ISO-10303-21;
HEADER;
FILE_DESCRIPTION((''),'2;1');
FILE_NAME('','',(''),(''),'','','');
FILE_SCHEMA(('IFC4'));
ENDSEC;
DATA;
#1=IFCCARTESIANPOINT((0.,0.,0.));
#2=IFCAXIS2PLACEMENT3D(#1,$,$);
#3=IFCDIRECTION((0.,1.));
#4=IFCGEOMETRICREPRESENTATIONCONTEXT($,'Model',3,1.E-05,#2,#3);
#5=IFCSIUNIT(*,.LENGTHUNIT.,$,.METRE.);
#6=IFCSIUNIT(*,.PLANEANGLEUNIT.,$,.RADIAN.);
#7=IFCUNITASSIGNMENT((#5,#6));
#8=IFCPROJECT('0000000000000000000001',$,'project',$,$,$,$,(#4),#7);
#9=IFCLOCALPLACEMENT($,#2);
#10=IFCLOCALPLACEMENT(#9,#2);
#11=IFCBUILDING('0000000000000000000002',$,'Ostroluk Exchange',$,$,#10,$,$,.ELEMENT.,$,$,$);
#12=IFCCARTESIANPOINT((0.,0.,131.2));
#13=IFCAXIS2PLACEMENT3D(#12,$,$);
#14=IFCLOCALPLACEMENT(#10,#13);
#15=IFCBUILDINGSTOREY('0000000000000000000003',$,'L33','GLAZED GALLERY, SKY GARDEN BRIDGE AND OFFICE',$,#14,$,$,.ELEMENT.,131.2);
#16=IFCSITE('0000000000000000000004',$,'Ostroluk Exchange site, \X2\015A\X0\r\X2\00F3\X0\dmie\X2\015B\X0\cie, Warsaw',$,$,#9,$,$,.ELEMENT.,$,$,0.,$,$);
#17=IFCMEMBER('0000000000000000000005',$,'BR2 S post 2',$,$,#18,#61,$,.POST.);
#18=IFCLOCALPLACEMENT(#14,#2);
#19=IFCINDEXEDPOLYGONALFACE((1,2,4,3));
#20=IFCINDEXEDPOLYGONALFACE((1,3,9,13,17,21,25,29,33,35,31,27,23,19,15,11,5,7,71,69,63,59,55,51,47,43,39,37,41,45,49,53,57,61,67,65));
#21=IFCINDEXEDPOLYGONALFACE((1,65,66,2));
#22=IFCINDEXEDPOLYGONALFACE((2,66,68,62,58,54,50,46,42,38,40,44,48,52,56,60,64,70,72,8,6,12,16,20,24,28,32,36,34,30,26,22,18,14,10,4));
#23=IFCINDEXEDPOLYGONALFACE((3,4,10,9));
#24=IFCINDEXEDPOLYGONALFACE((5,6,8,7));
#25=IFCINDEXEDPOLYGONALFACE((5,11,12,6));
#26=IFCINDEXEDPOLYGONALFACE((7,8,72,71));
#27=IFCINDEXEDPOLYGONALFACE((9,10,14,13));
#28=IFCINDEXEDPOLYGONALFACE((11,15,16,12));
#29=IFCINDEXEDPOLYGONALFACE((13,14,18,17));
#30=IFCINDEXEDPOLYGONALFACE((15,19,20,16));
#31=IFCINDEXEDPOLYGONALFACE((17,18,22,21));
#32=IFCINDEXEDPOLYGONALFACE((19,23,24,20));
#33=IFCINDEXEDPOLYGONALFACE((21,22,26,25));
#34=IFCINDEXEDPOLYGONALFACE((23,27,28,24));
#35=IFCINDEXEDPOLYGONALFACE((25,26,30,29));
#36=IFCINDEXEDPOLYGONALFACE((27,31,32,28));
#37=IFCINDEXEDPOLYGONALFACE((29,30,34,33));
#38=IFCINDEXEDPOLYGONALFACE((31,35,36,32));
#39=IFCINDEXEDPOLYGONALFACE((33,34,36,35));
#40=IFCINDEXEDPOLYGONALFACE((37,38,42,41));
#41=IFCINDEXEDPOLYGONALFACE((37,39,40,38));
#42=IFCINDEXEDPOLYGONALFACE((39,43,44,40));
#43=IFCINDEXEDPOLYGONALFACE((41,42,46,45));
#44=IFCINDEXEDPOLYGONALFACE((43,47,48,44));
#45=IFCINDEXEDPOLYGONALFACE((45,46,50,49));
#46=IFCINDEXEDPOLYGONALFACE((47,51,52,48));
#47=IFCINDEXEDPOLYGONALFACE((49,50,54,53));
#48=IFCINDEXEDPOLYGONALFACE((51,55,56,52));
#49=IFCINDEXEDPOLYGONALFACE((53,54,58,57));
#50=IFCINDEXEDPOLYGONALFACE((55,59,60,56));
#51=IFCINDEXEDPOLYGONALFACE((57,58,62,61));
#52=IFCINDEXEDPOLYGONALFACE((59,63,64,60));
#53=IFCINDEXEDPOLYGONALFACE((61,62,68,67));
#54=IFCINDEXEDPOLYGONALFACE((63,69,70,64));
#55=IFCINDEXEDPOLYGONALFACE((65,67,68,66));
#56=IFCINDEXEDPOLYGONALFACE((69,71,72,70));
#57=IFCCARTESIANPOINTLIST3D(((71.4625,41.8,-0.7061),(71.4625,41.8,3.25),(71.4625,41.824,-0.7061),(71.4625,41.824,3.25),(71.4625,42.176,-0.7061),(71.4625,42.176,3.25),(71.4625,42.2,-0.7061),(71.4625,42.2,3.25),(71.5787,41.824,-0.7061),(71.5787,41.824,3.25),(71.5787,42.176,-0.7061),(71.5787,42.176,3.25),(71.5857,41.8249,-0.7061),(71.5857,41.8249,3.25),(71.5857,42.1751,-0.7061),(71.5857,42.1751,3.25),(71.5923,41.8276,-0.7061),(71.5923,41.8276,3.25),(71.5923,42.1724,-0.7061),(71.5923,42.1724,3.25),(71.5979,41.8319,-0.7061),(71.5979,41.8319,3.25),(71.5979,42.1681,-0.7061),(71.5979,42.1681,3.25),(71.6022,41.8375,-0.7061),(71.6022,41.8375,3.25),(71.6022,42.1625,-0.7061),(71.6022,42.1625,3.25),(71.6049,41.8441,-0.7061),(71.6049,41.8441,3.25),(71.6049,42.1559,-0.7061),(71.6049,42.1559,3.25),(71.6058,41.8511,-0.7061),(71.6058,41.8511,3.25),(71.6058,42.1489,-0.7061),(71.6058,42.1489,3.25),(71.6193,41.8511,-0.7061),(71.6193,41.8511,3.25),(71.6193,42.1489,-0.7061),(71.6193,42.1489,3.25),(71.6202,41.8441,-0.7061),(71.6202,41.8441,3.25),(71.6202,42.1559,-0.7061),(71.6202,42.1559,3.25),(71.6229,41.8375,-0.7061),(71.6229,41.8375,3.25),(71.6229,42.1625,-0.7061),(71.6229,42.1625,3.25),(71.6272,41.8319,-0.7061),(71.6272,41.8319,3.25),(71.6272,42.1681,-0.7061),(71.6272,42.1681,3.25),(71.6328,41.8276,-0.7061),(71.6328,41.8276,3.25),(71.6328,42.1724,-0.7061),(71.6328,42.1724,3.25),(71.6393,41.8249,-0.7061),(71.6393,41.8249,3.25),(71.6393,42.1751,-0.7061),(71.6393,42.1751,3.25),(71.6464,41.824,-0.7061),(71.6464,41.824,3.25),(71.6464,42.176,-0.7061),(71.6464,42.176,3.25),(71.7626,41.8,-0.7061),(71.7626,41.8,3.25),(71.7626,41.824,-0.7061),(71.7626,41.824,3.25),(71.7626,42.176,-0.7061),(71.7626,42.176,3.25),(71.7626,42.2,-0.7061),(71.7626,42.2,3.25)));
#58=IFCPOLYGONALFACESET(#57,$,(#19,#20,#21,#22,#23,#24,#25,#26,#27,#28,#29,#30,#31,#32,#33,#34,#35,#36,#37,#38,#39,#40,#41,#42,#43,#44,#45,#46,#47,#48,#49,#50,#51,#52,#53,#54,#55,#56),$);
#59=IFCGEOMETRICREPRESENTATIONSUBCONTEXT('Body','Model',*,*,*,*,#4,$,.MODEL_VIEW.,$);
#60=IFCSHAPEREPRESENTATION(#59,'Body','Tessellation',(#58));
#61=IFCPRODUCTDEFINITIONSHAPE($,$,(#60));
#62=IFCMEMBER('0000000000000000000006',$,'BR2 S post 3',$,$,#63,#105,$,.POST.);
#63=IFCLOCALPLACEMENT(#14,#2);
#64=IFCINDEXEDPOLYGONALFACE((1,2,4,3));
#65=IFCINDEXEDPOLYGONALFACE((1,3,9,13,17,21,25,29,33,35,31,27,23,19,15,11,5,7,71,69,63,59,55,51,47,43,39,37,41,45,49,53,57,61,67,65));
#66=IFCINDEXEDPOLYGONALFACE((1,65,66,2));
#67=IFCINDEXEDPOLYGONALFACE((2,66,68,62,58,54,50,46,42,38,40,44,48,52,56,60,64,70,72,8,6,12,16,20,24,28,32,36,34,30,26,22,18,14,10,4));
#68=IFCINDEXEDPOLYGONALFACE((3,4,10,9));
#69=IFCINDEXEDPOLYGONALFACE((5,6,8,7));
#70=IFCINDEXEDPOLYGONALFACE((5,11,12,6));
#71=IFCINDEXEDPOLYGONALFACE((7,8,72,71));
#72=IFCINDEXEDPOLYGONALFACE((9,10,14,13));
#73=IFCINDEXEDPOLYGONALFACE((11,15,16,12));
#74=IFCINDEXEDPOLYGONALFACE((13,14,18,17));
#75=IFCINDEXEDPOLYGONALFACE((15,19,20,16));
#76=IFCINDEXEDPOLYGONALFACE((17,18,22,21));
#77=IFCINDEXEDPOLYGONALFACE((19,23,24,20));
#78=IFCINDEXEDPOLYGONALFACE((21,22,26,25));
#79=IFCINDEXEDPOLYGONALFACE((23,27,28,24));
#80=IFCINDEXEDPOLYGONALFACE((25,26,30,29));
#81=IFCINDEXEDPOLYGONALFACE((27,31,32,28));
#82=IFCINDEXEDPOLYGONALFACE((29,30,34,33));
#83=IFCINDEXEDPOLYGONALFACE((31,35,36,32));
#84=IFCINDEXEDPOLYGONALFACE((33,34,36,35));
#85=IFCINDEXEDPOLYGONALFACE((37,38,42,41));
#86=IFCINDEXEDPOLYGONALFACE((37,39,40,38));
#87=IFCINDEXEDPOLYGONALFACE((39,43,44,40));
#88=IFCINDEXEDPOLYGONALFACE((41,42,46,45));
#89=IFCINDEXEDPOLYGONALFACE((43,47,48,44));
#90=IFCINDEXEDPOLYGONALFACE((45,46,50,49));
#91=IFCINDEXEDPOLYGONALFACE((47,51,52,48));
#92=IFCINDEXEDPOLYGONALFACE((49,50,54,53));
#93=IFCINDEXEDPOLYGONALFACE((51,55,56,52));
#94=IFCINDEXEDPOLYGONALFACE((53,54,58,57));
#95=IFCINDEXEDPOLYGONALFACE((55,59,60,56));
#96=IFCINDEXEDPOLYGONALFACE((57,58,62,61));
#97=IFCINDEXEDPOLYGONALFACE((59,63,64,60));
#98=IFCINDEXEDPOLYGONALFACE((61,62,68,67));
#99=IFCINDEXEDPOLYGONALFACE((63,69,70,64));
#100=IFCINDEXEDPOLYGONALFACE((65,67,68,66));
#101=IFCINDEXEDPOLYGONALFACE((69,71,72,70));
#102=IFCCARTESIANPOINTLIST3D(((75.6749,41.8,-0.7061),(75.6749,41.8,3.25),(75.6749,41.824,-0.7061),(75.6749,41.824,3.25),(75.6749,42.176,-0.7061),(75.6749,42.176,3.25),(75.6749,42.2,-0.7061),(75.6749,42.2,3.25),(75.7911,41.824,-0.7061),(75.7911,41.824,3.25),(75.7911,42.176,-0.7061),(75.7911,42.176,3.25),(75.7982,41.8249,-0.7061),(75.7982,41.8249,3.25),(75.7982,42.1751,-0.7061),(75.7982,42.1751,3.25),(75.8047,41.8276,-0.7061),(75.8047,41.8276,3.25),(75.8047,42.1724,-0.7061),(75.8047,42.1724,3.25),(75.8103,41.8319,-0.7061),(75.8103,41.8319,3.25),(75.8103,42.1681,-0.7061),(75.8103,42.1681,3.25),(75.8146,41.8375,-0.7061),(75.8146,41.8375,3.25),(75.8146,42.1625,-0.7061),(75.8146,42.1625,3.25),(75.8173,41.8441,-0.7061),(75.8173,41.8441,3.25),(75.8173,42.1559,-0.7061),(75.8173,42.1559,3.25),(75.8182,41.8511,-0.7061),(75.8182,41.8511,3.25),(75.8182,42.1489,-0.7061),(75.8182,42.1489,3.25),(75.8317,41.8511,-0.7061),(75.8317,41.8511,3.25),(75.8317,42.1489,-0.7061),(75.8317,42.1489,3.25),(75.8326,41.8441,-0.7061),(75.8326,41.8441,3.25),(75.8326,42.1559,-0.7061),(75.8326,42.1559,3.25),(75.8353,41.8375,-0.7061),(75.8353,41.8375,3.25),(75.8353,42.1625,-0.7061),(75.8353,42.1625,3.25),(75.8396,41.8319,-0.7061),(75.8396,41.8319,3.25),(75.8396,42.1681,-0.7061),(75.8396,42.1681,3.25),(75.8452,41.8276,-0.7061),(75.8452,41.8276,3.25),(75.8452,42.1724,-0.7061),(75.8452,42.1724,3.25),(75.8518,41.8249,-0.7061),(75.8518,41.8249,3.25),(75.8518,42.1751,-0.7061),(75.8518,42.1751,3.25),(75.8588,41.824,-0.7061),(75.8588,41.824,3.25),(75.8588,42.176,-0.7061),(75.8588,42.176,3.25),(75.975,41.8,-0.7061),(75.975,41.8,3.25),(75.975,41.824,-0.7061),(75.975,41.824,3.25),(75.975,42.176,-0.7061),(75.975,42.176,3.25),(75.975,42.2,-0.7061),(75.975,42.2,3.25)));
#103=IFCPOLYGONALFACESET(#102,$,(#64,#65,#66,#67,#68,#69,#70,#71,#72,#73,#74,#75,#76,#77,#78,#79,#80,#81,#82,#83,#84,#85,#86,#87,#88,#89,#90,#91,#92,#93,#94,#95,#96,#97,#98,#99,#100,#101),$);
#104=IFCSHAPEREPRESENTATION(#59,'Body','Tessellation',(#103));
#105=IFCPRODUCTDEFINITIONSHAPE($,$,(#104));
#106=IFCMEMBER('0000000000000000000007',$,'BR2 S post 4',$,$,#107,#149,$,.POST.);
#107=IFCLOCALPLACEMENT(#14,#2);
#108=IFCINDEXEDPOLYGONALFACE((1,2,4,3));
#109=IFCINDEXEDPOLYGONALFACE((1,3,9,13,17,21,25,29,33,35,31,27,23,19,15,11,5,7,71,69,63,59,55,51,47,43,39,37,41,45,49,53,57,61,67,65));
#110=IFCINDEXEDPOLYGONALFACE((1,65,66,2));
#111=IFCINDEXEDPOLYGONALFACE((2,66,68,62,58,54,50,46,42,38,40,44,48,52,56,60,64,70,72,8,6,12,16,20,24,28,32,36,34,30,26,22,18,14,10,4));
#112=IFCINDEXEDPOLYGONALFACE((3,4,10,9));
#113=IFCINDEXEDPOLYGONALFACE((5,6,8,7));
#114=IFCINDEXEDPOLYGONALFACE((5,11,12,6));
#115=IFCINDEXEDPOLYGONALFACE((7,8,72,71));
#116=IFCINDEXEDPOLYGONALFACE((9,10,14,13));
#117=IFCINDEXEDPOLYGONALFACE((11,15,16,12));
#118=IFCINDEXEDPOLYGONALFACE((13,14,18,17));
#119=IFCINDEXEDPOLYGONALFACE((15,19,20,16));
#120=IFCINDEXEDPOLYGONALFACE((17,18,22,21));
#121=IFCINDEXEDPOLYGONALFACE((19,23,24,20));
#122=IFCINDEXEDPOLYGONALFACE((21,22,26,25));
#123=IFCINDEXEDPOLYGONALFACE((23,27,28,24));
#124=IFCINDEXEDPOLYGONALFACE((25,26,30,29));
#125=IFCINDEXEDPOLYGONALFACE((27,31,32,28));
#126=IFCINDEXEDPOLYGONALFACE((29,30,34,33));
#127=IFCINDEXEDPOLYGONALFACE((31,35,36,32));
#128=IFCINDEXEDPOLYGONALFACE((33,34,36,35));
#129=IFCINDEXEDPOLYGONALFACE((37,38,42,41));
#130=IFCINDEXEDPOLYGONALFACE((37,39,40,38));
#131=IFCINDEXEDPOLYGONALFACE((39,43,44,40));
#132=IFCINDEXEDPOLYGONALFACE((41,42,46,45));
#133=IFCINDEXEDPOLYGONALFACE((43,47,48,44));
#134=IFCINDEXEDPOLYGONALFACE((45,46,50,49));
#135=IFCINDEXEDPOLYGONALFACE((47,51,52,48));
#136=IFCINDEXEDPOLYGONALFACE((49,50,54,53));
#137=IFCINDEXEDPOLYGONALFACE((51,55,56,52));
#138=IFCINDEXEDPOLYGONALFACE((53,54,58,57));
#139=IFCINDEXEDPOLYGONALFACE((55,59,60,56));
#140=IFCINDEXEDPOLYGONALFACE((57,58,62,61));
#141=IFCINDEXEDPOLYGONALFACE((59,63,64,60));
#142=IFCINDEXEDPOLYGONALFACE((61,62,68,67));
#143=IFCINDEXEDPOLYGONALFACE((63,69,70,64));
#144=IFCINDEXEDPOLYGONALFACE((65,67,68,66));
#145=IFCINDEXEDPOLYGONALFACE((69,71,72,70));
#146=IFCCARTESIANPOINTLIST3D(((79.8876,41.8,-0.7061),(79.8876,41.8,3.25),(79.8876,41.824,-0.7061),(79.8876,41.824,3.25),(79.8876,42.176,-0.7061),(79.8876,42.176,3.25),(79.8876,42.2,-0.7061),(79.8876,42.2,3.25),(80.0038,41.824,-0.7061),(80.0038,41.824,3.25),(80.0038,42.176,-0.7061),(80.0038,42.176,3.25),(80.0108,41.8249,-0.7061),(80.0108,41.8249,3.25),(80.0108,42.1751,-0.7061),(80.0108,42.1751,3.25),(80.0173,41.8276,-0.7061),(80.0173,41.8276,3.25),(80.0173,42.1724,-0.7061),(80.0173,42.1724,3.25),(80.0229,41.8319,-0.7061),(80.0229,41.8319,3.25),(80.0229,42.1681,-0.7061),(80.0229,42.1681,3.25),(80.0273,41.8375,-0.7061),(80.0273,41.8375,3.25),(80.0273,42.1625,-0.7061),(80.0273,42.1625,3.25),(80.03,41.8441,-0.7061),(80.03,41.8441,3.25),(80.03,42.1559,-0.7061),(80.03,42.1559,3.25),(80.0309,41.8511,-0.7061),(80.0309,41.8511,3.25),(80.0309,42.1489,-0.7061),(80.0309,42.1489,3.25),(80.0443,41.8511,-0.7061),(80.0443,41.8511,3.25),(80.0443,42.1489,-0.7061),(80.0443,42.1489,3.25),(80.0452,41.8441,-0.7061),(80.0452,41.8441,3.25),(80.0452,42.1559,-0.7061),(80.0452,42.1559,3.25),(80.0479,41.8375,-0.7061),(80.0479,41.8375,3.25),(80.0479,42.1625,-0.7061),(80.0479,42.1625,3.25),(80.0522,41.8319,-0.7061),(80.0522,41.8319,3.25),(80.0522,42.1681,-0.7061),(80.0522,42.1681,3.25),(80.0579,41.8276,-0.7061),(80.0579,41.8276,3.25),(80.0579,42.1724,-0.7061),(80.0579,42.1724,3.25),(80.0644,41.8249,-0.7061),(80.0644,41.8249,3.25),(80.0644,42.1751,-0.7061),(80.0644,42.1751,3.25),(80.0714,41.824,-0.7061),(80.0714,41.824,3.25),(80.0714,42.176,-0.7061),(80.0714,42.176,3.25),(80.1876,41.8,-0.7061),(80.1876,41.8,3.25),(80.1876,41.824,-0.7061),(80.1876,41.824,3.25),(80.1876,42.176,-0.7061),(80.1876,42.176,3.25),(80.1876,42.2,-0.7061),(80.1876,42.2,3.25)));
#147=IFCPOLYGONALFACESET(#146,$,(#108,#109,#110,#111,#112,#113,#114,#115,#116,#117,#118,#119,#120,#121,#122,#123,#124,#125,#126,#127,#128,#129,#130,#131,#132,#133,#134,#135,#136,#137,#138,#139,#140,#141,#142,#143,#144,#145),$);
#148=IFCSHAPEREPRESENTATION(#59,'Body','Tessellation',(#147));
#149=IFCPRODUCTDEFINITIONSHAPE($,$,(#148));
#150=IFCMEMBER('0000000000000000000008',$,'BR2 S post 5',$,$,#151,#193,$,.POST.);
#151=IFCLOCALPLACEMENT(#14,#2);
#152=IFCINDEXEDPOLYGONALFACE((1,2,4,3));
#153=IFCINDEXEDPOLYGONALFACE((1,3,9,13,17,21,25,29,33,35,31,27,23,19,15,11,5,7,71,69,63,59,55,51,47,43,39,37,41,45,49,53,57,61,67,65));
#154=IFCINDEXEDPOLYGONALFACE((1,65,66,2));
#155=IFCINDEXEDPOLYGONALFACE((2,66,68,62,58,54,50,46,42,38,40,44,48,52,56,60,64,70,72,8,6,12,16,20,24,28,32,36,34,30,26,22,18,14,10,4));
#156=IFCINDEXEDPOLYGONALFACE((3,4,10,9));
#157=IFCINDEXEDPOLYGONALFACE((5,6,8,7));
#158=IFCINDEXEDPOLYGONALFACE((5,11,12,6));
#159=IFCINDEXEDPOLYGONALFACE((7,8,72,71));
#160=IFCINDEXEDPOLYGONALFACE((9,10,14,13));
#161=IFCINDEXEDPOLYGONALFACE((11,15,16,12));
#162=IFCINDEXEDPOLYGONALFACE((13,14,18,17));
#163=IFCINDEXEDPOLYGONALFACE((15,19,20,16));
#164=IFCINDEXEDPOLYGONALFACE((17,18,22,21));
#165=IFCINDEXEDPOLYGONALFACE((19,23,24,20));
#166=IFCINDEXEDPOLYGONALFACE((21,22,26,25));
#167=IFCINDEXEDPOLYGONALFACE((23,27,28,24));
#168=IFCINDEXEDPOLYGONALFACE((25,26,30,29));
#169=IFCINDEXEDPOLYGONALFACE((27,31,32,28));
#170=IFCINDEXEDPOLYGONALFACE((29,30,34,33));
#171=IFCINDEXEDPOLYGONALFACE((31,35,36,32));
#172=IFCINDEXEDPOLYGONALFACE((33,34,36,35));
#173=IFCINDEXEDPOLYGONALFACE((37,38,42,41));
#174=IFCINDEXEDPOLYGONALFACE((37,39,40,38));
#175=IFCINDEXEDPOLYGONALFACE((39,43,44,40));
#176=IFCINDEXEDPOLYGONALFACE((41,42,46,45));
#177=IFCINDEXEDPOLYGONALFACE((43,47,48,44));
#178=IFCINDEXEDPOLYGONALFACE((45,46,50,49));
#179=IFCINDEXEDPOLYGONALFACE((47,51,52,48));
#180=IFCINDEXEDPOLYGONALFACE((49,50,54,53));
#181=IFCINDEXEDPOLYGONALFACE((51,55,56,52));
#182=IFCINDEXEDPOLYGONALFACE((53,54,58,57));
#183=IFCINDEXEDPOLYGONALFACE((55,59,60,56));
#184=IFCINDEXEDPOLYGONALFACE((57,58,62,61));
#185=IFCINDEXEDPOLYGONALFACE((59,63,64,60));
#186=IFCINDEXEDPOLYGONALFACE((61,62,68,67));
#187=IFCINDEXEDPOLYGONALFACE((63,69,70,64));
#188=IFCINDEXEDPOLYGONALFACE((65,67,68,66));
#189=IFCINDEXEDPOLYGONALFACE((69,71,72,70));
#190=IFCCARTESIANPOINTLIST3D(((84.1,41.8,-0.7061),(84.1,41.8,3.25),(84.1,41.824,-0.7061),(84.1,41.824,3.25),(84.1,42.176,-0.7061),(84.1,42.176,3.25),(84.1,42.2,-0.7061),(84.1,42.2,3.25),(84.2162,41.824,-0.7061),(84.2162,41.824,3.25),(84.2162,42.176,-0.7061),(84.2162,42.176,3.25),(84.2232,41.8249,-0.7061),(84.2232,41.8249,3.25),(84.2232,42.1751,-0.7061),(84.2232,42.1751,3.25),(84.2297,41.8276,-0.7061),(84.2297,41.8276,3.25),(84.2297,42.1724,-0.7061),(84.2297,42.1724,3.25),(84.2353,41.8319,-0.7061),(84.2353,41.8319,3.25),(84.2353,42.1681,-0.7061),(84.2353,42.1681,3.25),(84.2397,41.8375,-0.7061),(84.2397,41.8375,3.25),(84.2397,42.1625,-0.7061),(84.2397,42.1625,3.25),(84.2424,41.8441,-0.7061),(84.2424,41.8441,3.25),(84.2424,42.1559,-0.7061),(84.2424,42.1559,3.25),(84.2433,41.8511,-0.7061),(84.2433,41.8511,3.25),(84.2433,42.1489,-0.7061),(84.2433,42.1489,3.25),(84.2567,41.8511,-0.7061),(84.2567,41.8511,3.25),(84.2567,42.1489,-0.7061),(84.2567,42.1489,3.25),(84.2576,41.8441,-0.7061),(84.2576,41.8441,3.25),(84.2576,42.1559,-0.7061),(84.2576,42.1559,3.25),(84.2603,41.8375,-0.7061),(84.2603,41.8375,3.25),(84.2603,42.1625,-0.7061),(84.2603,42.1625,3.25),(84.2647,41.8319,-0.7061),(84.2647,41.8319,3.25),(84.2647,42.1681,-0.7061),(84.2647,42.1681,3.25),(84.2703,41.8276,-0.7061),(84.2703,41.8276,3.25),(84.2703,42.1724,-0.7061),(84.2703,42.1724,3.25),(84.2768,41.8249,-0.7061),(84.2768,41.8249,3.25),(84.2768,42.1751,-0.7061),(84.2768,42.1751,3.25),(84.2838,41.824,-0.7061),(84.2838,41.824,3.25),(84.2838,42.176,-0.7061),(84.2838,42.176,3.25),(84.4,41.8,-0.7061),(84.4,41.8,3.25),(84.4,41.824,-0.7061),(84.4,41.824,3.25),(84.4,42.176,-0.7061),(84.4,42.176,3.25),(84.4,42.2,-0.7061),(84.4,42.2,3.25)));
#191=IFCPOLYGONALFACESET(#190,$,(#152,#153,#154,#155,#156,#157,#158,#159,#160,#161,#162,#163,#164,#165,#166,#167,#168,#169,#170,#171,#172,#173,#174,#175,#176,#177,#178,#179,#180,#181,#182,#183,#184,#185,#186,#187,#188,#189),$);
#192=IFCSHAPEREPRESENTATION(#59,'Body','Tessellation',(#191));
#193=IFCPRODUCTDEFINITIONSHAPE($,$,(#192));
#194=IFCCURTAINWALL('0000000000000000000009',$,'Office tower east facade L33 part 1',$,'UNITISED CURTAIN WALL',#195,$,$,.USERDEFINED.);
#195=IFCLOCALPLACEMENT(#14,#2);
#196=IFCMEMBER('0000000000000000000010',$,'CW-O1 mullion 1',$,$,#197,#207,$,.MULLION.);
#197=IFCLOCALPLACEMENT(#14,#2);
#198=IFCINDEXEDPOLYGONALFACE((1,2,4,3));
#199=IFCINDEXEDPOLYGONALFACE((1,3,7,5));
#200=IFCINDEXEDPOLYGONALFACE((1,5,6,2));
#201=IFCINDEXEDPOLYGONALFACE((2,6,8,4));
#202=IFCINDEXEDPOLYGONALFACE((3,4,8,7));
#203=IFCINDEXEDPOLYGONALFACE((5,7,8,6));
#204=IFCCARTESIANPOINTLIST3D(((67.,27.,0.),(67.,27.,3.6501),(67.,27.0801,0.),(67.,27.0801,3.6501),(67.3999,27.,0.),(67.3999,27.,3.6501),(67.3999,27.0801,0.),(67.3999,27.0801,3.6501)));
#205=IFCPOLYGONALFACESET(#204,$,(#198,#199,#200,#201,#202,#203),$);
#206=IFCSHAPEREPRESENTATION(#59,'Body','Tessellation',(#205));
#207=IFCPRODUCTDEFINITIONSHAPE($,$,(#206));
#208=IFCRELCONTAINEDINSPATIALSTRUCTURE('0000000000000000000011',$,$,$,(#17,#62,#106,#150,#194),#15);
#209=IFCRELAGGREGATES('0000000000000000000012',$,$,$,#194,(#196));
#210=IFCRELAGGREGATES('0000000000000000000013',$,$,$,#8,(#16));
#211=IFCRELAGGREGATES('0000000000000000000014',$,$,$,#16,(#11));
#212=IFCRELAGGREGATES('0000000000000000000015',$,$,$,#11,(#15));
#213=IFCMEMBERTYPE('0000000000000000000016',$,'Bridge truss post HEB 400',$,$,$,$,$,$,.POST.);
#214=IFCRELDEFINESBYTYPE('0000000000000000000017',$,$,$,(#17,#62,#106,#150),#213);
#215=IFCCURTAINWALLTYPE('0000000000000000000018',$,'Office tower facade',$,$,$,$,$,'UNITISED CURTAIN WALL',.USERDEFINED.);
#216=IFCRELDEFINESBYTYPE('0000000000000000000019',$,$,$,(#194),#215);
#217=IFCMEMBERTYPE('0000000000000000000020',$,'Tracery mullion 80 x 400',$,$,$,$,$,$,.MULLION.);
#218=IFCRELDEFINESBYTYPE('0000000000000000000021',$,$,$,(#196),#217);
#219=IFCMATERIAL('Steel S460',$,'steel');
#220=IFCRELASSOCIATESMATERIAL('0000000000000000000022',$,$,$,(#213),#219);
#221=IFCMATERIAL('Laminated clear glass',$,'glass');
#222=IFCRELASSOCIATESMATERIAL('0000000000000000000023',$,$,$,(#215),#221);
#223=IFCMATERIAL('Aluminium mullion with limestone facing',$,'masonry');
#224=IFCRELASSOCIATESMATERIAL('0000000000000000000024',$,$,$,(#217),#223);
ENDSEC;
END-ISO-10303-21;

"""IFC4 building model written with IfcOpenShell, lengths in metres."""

from ifc_helpers import new_model, si_unit, direction, frame, origin, origin_2d, place, context, subcontext, project, spatial, rectangle, i_section, extrude, material, material_profile, profile_set, type_object, element, aggregate, save


model = new_model("IFC4")

# Units and contexts
model_context = context("Model", 3, precision=1e-05, world=origin(), true_north=direction((0.0, 1.0)))
body_context = subcontext(model_context, "Body", "Model", "MODEL_VIEW")
ifc_project = project(units=[si_unit("LENGTHUNIT", "METRE"), si_unit("PLANEANGLEUNIT", "RADIAN")], contexts=[model_context])

# Site, building, storey
site_placement = place(None, origin())
site = spatial("IfcSite", under=ifc_project, at=site_placement, Name="Ostroluk Exchange site, Śródmieście, Warsaw", CompositionType="ELEMENT", RefElevation=0.0)
building_placement = place(site_placement, origin())
building = spatial("IfcBuilding", under=site, at=building_placement, Name="Ostroluk Exchange", CompositionType="ELEMENT")
storey_placement = place(building_placement, frame((0.0, 0.0, 131.2)))
storey = spatial("IfcBuildingStorey", under=building, at=storey_placement, Name="L33", Description="GLAZED GALLERY, SKY GARDEN BRIDGE AND OFFICE", CompositionType="ELEMENT", Elevation=131.2)

# Members
ifc_material_1 = material(Name="Steel S460", Category="steel")
ifc_material_profile_1 = material_profile(ifc_material_1, i_section(OverallWidth=0.3, OverallDepth=0.3999, WebThickness=0.0134, FlangeThickness=0.0239, FilletRadius=0.0271, at=origin_2d()), Name="HEB 400")
ifc_profile_set_1 = profile_set([ifc_material_profile_1], Name="Steel S460")
member_type_1 = type_object("IfcMemberType", Name="Bridge truss post HEB 400", PredefinedType="POST", material=ifc_profile_set_1)
for number, where, z_axis, x_axis, name in (
    (1, (71.6125, 42.0, -0.7061), (0.0, 0.0, 1.0), (1.0, 0.0, 0.0), "BR2 S post 2"),
    (2, (75.825, 42.0, -0.7061), (0.0, 0.0, 1.0), (1.0, 0.0, 0.0), "BR2 S post 3"),
    (3, (80.0376, 42.0, -0.7061), (0.0, 0.0, 1.0), (1.0, 0.0, 0.0), "BR2 S post 4"),
    (4, (84.25, 42.0, -0.7061), (0.0, 0.0, 1.0), (1.0, 0.0, 0.0), "BR2 S post 5"),
):
    element("IfcMember", number, at=place(storey_placement, frame(where, z_axis=z_axis, x_axis=x_axis)), inside=storey, type_object=member_type_1, Name=name, PredefinedType="POST", context=body_context, shape_type="SweptSolid", body=[
        extrude(i_section(OverallWidth=0.3, OverallDepth=0.3999, WebThickness=0.0134, FlangeThickness=0.0239, FilletRadius=0.0271, at=origin_2d()), origin(), (0.0, 0.0, 1.0), 3.9561),
    ])

# Curtain wall, member
ifc_material_2 = material(Name="Laminated clear glass", Category="glass")
curtain_wall_type_1 = type_object("IfcCurtainWallType", Name="Office tower facade", ElementType="UNITISED CURTAIN WALL", PredefinedType="USERDEFINED", material=ifc_material_2)
curtain_wall_1_placement = place(storey_placement, origin())
curtain_wall_1 = element("IfcCurtainWall", 5, at=curtain_wall_1_placement, inside=storey, type_object=curtain_wall_type_1, Name="Office tower east facade L33 part 1", ObjectType="UNITISED CURTAIN WALL", PredefinedType="USERDEFINED")
ifc_material_3 = material(Name="Aluminium mullion with limestone facing", Category="masonry")
ifc_material_profile_2 = material_profile(ifc_material_3, rectangle(XDim=0.3999, YDim=0.0801, at=origin_2d()), Name="Tracery mullion 80 x 400")
ifc_profile_set_2 = profile_set([ifc_material_profile_2], Name="Aluminium mullion with limestone facing")
member_type_2 = type_object("IfcMemberType", Name="Tracery mullion 80 x 400", PredefinedType="MULLION", material=ifc_profile_set_2)
member_1_placement = place(storey_placement, frame((67.2, 27.04, 0.0), z_axis=(0.0, 0.0, 1.0), x_axis=(-1.0, 0.0, 0.0)))
member_1 = element("IfcMember", 6, at=member_1_placement, type_object=member_type_2, Name="CW-O1 mullion 1", PredefinedType="MULLION", context=body_context, shape_type="SweptSolid", body=[
    extrude(rectangle(XDim=0.3999, YDim=0.0801, at=origin_2d()), origin(), (0.0, 0.0, 1.0), 3.6501),
])
aggregate(curtain_wall_1, [member_1])

save(model, "model.ifc")
